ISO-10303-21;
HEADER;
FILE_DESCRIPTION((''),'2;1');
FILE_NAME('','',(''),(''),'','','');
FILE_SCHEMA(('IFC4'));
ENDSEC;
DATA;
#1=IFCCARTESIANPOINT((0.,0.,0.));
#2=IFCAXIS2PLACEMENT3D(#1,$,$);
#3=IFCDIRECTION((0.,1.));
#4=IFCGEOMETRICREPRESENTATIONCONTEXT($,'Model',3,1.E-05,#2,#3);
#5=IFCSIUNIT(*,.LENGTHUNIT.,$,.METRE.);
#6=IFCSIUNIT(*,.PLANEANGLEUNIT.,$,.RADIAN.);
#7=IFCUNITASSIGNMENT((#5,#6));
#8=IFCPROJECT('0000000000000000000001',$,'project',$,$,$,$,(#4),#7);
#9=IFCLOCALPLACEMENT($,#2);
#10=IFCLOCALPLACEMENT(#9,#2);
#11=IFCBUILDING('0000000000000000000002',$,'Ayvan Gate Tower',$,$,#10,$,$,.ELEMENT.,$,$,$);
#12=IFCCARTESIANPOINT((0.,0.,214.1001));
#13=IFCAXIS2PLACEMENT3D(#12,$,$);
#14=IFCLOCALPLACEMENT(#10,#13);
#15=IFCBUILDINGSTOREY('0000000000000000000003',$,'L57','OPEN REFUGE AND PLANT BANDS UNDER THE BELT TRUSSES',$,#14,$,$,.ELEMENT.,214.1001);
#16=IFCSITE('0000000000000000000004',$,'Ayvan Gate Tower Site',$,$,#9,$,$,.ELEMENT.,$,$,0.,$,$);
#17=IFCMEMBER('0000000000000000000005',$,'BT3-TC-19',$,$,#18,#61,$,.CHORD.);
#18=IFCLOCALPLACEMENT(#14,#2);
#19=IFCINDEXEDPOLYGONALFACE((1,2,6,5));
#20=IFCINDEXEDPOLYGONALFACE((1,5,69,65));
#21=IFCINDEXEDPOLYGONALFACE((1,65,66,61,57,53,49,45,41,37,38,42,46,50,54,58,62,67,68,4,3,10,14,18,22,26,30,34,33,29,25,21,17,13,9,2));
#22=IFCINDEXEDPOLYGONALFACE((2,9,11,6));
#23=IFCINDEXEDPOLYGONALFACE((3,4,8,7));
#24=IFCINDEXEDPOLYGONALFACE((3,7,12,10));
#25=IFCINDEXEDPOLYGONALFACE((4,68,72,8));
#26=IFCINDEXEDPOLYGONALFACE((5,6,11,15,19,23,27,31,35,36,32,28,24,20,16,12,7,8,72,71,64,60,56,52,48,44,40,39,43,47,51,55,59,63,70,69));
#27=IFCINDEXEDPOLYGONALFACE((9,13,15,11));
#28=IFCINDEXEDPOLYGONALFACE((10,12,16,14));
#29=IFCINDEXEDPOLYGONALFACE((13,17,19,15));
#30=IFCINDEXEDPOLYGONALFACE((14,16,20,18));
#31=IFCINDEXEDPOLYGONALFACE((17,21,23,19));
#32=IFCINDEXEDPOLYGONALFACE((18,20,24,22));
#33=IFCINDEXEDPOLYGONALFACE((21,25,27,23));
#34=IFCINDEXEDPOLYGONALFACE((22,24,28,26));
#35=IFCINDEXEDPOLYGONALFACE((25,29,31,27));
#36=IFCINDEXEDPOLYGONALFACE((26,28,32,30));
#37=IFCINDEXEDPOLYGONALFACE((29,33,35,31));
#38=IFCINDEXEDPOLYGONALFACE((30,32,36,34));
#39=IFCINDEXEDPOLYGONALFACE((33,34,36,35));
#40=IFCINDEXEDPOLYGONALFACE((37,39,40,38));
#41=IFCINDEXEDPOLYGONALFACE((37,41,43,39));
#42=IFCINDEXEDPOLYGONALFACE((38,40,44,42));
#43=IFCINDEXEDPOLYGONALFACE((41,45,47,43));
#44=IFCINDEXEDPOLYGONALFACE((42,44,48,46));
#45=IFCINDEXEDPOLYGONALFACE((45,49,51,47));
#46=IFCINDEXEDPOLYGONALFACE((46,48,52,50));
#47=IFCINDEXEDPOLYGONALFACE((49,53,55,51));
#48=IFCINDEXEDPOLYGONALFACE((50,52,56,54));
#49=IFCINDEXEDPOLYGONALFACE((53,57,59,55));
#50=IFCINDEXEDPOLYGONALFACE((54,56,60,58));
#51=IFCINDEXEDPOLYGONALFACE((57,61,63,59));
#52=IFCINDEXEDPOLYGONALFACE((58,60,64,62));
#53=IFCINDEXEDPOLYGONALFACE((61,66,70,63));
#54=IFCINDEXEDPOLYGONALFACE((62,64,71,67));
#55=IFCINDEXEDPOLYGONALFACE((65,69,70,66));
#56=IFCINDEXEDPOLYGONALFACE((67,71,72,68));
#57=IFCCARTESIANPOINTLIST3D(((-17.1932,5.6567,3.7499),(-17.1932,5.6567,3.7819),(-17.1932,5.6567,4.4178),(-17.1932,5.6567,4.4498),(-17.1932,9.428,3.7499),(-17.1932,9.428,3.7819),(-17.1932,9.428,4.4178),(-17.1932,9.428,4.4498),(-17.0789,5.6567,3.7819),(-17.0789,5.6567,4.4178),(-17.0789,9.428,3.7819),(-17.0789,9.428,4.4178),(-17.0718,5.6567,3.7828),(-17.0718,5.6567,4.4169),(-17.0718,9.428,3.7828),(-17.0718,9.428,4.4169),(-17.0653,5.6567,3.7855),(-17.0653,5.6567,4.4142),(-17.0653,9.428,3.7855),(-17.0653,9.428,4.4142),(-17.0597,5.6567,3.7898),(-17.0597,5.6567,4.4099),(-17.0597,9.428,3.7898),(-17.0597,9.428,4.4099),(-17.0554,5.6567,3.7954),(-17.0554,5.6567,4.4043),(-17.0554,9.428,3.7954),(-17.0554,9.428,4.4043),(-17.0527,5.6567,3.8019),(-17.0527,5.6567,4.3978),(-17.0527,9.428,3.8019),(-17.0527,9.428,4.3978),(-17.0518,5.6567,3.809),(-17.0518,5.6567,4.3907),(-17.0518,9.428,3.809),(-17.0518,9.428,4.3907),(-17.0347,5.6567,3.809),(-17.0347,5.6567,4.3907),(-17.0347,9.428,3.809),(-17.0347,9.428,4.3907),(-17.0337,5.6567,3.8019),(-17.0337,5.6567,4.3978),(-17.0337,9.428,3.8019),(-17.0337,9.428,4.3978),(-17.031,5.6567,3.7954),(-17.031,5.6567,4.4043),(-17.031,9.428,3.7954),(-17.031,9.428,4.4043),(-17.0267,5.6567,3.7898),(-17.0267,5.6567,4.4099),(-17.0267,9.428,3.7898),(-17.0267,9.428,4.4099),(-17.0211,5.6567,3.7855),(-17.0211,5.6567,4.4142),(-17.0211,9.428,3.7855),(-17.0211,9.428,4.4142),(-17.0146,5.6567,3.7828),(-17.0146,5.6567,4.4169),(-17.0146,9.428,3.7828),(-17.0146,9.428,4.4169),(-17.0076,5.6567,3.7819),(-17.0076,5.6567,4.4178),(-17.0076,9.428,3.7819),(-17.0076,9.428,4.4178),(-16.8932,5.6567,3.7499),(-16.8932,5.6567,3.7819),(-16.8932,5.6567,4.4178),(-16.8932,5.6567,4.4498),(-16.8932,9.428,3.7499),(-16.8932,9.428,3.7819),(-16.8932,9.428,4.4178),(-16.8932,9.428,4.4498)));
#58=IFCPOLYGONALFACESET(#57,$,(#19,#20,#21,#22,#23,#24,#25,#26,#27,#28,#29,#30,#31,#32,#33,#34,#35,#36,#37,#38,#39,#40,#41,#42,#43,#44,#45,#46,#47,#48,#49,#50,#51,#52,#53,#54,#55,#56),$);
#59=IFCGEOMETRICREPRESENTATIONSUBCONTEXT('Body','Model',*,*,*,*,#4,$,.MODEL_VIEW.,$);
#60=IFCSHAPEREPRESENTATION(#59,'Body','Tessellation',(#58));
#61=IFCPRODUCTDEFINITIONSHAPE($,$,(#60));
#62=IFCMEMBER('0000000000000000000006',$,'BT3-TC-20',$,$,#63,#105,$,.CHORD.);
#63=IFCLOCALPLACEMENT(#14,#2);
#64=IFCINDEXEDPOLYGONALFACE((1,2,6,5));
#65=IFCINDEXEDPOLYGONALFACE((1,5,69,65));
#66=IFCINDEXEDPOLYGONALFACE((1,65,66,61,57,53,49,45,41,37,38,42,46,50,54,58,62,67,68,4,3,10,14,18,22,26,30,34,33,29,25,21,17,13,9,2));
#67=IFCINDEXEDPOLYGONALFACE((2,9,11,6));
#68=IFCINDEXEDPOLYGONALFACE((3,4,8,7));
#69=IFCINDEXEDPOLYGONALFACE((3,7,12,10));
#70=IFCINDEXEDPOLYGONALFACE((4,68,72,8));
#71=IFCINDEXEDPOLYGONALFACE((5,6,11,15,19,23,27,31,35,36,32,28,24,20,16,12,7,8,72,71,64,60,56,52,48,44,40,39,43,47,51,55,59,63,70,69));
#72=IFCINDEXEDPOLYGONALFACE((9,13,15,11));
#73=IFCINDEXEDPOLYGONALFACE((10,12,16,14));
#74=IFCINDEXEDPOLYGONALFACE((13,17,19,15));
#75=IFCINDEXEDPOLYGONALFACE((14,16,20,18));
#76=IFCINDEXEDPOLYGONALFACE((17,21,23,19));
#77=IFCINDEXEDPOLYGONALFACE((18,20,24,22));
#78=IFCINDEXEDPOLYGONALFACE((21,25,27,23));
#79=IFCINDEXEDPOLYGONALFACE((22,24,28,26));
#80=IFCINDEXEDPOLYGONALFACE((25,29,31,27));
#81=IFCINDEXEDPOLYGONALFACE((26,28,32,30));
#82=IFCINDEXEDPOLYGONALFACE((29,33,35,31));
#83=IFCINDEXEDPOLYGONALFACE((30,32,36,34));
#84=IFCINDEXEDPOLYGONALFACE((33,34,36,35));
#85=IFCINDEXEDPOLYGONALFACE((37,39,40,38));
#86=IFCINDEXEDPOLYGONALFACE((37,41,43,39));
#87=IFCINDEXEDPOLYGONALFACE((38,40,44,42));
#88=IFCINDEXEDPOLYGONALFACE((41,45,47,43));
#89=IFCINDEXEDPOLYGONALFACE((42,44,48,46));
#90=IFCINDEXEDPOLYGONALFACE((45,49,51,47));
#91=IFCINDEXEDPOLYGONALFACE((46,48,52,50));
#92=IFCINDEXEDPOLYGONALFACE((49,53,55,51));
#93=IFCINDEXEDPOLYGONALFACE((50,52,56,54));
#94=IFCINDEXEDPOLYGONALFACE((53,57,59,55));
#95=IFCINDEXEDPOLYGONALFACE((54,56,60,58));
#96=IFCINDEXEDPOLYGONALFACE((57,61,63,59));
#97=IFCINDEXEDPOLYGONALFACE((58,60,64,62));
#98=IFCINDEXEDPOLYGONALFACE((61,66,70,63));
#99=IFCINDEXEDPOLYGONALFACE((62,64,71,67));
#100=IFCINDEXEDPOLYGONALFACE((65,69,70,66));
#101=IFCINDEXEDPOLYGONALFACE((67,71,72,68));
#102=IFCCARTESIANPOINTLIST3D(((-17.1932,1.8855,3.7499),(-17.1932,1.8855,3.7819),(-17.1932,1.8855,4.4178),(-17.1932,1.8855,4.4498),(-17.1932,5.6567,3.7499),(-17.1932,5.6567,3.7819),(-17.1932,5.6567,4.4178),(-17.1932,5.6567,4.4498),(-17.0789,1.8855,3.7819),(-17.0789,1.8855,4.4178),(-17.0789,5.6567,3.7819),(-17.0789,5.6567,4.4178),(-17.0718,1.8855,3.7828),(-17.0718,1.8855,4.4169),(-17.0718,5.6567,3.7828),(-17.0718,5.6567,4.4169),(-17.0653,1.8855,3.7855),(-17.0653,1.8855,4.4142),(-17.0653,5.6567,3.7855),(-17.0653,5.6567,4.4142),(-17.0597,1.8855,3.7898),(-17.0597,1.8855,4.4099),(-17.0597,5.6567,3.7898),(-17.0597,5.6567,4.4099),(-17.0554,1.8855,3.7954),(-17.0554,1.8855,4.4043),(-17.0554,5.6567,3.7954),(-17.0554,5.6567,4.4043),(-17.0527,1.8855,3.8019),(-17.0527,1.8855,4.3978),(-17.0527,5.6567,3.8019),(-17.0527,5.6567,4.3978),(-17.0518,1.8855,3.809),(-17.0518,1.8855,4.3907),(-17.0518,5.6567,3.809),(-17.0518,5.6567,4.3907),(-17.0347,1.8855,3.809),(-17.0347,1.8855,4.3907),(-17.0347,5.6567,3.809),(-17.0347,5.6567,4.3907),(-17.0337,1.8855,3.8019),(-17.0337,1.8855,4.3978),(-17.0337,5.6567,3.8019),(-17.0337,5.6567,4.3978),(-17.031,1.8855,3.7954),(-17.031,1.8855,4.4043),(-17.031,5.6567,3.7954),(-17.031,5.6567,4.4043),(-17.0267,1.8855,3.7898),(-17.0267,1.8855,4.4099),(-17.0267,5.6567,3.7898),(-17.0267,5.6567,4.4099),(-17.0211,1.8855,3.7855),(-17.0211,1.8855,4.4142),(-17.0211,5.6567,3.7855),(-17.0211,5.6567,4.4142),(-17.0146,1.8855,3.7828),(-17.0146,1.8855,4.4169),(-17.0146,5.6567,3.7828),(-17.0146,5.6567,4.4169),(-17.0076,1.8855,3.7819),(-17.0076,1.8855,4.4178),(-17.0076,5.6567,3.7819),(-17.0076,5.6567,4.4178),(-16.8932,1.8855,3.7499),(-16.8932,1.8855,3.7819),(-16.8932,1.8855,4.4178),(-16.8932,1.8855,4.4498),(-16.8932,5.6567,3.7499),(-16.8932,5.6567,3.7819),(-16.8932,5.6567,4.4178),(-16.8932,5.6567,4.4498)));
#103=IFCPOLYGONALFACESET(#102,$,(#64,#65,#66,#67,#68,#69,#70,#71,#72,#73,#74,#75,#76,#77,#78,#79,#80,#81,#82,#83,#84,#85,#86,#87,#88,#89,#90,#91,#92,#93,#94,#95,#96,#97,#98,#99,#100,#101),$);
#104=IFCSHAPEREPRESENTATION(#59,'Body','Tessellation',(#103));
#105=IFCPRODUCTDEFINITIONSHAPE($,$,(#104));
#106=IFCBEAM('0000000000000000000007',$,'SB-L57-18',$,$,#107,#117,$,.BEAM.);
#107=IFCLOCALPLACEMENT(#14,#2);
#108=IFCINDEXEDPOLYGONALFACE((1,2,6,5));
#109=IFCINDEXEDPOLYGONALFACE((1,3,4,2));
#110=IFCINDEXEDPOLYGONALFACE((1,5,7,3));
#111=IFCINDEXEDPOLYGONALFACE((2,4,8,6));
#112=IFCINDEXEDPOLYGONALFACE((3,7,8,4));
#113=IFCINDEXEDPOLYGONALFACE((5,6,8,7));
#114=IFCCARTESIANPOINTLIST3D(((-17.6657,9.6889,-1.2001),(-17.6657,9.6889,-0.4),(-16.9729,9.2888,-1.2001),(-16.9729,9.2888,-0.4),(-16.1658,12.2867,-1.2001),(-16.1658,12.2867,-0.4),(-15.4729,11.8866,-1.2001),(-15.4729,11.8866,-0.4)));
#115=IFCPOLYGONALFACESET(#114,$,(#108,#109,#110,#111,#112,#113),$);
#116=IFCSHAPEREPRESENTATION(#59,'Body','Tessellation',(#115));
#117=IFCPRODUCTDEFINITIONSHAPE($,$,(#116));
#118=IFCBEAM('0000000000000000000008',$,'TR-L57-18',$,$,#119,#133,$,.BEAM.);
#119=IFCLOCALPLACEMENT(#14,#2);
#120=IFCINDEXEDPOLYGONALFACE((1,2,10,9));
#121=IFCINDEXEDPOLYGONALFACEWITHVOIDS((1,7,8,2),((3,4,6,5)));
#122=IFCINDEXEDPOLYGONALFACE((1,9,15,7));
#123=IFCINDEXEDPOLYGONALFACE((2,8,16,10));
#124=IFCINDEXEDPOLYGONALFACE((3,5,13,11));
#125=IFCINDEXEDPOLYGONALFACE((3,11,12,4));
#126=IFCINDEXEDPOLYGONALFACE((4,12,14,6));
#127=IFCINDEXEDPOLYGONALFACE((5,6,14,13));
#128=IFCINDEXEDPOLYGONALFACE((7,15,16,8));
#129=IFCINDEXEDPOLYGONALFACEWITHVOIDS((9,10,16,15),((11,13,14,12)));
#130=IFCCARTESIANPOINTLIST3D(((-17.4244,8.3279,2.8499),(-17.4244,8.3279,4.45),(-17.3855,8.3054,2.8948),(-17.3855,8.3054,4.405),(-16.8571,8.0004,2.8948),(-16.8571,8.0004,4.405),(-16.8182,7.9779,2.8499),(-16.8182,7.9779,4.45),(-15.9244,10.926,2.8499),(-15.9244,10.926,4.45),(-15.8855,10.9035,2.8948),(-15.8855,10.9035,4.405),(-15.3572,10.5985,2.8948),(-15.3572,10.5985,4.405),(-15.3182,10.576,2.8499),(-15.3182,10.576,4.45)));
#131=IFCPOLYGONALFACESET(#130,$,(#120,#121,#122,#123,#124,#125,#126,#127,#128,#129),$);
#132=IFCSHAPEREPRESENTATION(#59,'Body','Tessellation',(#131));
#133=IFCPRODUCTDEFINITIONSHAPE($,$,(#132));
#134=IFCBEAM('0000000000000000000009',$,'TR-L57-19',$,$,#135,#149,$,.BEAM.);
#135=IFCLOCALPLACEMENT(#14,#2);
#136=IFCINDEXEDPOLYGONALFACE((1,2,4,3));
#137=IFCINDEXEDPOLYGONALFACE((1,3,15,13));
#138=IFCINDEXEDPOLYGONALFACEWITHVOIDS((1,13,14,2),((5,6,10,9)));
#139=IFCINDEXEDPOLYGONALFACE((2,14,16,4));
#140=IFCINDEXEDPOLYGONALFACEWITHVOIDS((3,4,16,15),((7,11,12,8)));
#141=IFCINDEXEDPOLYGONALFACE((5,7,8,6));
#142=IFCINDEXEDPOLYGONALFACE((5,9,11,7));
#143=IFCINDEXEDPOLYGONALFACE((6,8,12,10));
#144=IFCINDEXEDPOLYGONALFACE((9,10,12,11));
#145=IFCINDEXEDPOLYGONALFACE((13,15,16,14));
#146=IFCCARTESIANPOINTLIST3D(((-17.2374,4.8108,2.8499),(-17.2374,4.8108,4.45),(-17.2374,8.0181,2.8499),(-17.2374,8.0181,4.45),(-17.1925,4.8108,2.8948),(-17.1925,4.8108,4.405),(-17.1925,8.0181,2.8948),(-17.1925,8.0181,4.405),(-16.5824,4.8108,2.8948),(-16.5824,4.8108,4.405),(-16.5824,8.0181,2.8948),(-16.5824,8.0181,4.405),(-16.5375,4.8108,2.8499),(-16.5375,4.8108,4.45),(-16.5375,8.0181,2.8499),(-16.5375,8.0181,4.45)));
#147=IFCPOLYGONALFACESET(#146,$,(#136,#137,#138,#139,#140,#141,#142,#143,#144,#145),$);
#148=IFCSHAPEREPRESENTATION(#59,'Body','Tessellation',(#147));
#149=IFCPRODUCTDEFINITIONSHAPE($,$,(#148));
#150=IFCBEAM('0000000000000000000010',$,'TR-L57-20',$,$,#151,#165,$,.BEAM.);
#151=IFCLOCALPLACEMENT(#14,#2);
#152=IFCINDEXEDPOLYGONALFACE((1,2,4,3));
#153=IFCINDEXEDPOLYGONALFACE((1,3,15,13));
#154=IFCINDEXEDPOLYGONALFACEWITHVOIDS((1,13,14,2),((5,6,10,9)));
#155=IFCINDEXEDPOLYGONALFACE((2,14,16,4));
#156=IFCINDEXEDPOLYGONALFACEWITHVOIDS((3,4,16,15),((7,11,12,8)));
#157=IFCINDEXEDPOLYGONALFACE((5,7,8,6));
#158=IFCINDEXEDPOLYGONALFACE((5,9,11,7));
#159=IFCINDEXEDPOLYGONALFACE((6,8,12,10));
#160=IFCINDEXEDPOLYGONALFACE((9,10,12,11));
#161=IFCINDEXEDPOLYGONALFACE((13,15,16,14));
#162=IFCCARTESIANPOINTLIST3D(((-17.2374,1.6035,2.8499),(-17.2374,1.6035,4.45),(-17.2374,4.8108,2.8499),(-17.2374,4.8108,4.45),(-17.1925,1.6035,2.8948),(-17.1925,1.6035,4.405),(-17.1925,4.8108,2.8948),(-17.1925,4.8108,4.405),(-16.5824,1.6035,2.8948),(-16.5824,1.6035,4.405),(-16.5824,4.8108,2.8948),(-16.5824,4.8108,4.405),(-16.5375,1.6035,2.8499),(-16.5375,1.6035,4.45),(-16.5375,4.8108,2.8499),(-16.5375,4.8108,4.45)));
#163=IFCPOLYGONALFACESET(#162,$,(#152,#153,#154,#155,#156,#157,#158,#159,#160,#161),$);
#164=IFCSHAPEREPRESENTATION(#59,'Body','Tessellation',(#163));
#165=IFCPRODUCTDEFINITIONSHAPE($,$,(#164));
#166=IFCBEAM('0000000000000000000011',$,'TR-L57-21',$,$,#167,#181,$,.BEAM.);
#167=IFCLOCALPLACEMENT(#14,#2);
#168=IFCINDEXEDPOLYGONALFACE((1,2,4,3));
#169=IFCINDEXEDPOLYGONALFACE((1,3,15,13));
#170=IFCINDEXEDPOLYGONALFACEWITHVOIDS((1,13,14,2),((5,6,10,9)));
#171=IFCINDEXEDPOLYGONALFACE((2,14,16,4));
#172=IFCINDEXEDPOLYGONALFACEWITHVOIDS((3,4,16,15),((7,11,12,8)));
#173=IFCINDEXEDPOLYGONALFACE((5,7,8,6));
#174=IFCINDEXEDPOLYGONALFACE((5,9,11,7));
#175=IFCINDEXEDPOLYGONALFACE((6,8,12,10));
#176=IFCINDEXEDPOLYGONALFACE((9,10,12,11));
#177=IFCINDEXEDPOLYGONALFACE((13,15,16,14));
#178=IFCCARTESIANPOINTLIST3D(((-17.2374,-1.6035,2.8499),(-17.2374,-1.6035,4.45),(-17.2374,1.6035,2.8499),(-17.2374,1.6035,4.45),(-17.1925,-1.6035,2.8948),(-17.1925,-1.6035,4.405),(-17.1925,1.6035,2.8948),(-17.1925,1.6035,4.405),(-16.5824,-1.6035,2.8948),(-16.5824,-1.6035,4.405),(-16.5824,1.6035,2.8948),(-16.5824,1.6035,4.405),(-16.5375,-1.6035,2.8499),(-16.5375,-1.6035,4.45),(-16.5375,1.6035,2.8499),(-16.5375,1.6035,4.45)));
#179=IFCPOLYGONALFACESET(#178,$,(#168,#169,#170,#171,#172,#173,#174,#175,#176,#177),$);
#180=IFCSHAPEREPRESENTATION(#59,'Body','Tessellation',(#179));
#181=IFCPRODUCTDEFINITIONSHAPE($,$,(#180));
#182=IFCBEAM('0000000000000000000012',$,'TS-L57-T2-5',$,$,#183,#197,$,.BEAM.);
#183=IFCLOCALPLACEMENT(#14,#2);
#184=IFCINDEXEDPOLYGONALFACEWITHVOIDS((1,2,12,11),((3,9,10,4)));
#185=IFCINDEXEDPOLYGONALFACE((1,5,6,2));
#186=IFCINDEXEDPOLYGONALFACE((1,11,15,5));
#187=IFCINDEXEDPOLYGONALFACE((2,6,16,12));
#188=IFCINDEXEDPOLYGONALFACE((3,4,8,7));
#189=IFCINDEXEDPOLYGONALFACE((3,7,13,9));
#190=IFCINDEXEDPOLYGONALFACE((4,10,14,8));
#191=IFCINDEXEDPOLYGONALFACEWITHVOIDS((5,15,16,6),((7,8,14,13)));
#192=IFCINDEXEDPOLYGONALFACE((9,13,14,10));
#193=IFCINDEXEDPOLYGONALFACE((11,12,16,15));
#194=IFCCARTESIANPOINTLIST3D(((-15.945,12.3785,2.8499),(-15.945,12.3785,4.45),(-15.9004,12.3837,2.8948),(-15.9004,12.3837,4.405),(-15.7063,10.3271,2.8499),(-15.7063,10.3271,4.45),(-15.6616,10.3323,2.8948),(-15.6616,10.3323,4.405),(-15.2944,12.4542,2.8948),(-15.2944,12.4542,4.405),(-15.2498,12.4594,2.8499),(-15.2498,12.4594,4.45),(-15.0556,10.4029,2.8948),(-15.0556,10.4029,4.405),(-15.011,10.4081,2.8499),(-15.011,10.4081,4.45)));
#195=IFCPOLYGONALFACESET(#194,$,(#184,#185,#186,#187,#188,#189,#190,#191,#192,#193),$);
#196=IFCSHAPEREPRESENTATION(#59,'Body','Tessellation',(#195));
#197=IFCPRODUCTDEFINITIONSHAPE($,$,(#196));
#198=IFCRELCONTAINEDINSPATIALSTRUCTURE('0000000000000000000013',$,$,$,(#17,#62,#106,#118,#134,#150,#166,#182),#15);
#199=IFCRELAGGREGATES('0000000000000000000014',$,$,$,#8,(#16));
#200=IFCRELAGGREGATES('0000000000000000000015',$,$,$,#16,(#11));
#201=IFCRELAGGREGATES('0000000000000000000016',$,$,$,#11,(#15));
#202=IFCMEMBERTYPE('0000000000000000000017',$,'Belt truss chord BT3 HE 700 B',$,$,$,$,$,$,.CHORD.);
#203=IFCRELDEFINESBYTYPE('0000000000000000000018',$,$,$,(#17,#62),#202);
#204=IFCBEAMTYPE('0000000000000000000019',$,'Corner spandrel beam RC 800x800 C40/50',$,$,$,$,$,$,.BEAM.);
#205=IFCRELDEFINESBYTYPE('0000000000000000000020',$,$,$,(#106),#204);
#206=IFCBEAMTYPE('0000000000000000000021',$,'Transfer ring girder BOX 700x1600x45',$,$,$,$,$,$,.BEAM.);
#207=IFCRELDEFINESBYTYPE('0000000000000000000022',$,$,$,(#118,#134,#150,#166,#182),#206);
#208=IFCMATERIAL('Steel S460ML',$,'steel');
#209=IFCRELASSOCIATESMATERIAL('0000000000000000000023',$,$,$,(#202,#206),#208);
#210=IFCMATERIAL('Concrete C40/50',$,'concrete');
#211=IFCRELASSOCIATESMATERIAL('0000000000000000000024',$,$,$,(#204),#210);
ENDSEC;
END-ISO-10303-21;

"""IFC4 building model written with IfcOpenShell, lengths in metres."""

from ifc_helpers import new_model, si_unit, direction, frame, origin, origin_2d, place, context, subcontext, project, spatial, rectangle, hollow_rectangle, i_section, extrude, material, material_profile, profile_set, type_object, element, save


model = new_model("IFC4")

# Units and contexts
model_context = context("Model", 3, precision=1e-05, world=origin(), true_north=direction((0.0, 1.0)))
body_context = subcontext(model_context, "Body", "Model", "MODEL_VIEW")
ifc_project = project(units=[si_unit("LENGTHUNIT", "METRE"), si_unit("PLANEANGLEUNIT", "RADIAN")], contexts=[model_context])

# Site, building, storey
site_placement = place(None, origin())
site = spatial("IfcSite", under=ifc_project, at=site_placement, Name="Ayvan Gate Tower Site", CompositionType="ELEMENT", RefElevation=0.0)
building_placement = place(site_placement, origin())
building = spatial("IfcBuilding", under=site, at=building_placement, Name="Ayvan Gate Tower", CompositionType="ELEMENT")
storey_placement = place(building_placement, frame((0.0, 0.0, 214.1001)))
storey = spatial("IfcBuildingStorey", under=building, at=storey_placement, Name="L57", Description="OPEN REFUGE AND PLANT BANDS UNDER THE BELT TRUSSES", CompositionType="ELEMENT", Elevation=214.1001)

# Members
ifc_material_1 = material(Name="Steel S460ML", Category="steel")
ifc_material_profile_1 = material_profile(ifc_material_1, i_section(OverallWidth=0.3, OverallDepth=0.7, WebThickness=0.0171, FlangeThickness=0.032, FilletRadius=0.0271, at=origin_2d()), Name="HE 700 B")
ifc_profile_set_1 = profile_set([ifc_material_profile_1], Name="Steel S460ML")
member_type_1 = type_object("IfcMemberType", Name="Belt truss chord BT3 HE 700 B", PredefinedType="CHORD", material=ifc_profile_set_1)
for number, where, z_axis, x_axis, name in (
    (1, (-17.0432, 9.428, 4.0999), (0.0, -1.0, 0.0), (1.0, 0.0, 0.0), "BT3-TC-19"),
    (2, (-17.0432, 5.6567, 4.0999), (0.0, -1.0, 0.0), (1.0, 0.0, 0.0), "BT3-TC-20"),
):
    element("IfcMember", number, at=place(storey_placement, frame(where, z_axis=z_axis, x_axis=x_axis)), inside=storey, type_object=member_type_1, Name=name, PredefinedType="CHORD", context=body_context, shape_type="SweptSolid", body=[
        extrude(i_section(OverallWidth=0.3, OverallDepth=0.7, WebThickness=0.0171, FlangeThickness=0.032, FilletRadius=0.0271, at=origin_2d()), origin(), (0.0, 0.0, 1.0), 3.7712),
    ])

# Beams
ifc_material_2 = material(Name="Concrete C40/50", Category="concrete")
ifc_material_profile_2 = material_profile(ifc_material_2, rectangle(XDim=0.8, YDim=0.8, at=origin_2d()), Name="RC 800x800")
ifc_profile_set_2 = profile_set([ifc_material_profile_2], Name="Concrete C40/50")
beam_type_1 = type_object("IfcBeamType", Name="Corner spandrel beam RC 800x800 C40/50", PredefinedType="BEAM", material=ifc_profile_set_2)
beam_1_placement = place(storey_placement, frame((-15.8193, 12.0867, -0.8), z_axis=(-0.500025, -0.866011, 0.0), x_axis=(0.866011, -0.500025, 0.0)))
element("IfcBeam", 3, at=beam_1_placement, inside=storey, type_object=beam_type_1, Name="SB-L57-18", PredefinedType="BEAM", context=body_context, shape_type="SweptSolid", body=[
    extrude(rectangle(XDim=0.8, YDim=0.8, at=origin_2d()), origin(), (0.0, 0.0, 1.0), 2.9998),
])
ifc_material_profile_3 = material_profile(ifc_material_1, hollow_rectangle(XDim=0.7, YDim=1.6001, WallThickness=0.0449, at=origin_2d()), Name="BOX 700x1600x45")
ifc_profile_set_3 = profile_set([ifc_material_profile_3], Name="Steel S460ML")
beam_type_2 = type_object("IfcBeamType", Name="Transfer ring girder BOX 700x1600x45", PredefinedType="BEAM", material=ifc_profile_set_3)
beam_2_placement = place(storey_placement, frame((-15.6213, 10.751, 3.6499), z_axis=(-0.49999, -0.866031, 0.0), x_axis=(0.866031, -0.49999, 0.0)))
element("IfcBeam", 4, at=beam_2_placement, inside=storey, type_object=beam_type_2, Name="TR-L57-18", PredefinedType="BEAM", context=body_context, shape_type="SweptSolid", body=[
    extrude(hollow_rectangle(XDim=0.7, YDim=1.6001, WallThickness=0.0449, at=origin_2d()), origin(), (0.0, 0.0, 1.0), 3.0),
])
for number, where, z_axis, x_axis, name in (
    (5, (-16.8875, 8.0181, 3.6499), (0.0, -1.0, 0.0), (1.0, 0.0, 0.0), "TR-L57-19"),
    (6, (-16.8875, 4.8108, 3.6499), (0.0, -1.0, 0.0), (1.0, 0.0, 0.0), "TR-L57-20"),
):
    element("IfcBeam", number, at=place(storey_placement, frame(where, z_axis=z_axis, x_axis=x_axis)), inside=storey, type_object=beam_type_2, Name=name, PredefinedType="BEAM", context=body_context, shape_type="SweptSolid", body=[
        extrude(hollow_rectangle(XDim=0.7, YDim=1.6001, WallThickness=0.0449, at=origin_2d()), origin(), (0.0, 0.0, 1.0), 3.2073),
    ])
beam_3_placement = place(storey_placement, frame((-16.8875, 1.6035, 3.6499), z_axis=(0.0, -1.0, 0.0), x_axis=(1.0, 0.0, 0.0)))
element("IfcBeam", 7, at=beam_3_placement, inside=storey, type_object=beam_type_2, Name="TR-L57-21", PredefinedType="BEAM", context=body_context, shape_type="SweptSolid", body=[
    extrude(hollow_rectangle(XDim=0.7, YDim=1.6001, WallThickness=0.0449, at=origin_2d()), origin(), (0.0, 0.0, 1.0), 3.207),
])
beam_4_placement = place(storey_placement, frame((-15.5974, 12.4189, 3.6499), z_axis=(0.11562, -0.993293, 0.0), x_axis=(0.993293, 0.11562, 0.0)))
element("IfcBeam", 8, at=beam_4_placement, inside=storey, type_object=beam_type_2, Name="TS-L57-T2-5", PredefinedType="BEAM", context=body_context, shape_type="SweptSolid", body=[
    extrude(hollow_rectangle(XDim=0.7, YDim=1.6001, WallThickness=0.0449, at=origin_2d()), origin(), (0.0, 0.0, 1.0), 2.0652),
])

save(model, "model.ifc")
